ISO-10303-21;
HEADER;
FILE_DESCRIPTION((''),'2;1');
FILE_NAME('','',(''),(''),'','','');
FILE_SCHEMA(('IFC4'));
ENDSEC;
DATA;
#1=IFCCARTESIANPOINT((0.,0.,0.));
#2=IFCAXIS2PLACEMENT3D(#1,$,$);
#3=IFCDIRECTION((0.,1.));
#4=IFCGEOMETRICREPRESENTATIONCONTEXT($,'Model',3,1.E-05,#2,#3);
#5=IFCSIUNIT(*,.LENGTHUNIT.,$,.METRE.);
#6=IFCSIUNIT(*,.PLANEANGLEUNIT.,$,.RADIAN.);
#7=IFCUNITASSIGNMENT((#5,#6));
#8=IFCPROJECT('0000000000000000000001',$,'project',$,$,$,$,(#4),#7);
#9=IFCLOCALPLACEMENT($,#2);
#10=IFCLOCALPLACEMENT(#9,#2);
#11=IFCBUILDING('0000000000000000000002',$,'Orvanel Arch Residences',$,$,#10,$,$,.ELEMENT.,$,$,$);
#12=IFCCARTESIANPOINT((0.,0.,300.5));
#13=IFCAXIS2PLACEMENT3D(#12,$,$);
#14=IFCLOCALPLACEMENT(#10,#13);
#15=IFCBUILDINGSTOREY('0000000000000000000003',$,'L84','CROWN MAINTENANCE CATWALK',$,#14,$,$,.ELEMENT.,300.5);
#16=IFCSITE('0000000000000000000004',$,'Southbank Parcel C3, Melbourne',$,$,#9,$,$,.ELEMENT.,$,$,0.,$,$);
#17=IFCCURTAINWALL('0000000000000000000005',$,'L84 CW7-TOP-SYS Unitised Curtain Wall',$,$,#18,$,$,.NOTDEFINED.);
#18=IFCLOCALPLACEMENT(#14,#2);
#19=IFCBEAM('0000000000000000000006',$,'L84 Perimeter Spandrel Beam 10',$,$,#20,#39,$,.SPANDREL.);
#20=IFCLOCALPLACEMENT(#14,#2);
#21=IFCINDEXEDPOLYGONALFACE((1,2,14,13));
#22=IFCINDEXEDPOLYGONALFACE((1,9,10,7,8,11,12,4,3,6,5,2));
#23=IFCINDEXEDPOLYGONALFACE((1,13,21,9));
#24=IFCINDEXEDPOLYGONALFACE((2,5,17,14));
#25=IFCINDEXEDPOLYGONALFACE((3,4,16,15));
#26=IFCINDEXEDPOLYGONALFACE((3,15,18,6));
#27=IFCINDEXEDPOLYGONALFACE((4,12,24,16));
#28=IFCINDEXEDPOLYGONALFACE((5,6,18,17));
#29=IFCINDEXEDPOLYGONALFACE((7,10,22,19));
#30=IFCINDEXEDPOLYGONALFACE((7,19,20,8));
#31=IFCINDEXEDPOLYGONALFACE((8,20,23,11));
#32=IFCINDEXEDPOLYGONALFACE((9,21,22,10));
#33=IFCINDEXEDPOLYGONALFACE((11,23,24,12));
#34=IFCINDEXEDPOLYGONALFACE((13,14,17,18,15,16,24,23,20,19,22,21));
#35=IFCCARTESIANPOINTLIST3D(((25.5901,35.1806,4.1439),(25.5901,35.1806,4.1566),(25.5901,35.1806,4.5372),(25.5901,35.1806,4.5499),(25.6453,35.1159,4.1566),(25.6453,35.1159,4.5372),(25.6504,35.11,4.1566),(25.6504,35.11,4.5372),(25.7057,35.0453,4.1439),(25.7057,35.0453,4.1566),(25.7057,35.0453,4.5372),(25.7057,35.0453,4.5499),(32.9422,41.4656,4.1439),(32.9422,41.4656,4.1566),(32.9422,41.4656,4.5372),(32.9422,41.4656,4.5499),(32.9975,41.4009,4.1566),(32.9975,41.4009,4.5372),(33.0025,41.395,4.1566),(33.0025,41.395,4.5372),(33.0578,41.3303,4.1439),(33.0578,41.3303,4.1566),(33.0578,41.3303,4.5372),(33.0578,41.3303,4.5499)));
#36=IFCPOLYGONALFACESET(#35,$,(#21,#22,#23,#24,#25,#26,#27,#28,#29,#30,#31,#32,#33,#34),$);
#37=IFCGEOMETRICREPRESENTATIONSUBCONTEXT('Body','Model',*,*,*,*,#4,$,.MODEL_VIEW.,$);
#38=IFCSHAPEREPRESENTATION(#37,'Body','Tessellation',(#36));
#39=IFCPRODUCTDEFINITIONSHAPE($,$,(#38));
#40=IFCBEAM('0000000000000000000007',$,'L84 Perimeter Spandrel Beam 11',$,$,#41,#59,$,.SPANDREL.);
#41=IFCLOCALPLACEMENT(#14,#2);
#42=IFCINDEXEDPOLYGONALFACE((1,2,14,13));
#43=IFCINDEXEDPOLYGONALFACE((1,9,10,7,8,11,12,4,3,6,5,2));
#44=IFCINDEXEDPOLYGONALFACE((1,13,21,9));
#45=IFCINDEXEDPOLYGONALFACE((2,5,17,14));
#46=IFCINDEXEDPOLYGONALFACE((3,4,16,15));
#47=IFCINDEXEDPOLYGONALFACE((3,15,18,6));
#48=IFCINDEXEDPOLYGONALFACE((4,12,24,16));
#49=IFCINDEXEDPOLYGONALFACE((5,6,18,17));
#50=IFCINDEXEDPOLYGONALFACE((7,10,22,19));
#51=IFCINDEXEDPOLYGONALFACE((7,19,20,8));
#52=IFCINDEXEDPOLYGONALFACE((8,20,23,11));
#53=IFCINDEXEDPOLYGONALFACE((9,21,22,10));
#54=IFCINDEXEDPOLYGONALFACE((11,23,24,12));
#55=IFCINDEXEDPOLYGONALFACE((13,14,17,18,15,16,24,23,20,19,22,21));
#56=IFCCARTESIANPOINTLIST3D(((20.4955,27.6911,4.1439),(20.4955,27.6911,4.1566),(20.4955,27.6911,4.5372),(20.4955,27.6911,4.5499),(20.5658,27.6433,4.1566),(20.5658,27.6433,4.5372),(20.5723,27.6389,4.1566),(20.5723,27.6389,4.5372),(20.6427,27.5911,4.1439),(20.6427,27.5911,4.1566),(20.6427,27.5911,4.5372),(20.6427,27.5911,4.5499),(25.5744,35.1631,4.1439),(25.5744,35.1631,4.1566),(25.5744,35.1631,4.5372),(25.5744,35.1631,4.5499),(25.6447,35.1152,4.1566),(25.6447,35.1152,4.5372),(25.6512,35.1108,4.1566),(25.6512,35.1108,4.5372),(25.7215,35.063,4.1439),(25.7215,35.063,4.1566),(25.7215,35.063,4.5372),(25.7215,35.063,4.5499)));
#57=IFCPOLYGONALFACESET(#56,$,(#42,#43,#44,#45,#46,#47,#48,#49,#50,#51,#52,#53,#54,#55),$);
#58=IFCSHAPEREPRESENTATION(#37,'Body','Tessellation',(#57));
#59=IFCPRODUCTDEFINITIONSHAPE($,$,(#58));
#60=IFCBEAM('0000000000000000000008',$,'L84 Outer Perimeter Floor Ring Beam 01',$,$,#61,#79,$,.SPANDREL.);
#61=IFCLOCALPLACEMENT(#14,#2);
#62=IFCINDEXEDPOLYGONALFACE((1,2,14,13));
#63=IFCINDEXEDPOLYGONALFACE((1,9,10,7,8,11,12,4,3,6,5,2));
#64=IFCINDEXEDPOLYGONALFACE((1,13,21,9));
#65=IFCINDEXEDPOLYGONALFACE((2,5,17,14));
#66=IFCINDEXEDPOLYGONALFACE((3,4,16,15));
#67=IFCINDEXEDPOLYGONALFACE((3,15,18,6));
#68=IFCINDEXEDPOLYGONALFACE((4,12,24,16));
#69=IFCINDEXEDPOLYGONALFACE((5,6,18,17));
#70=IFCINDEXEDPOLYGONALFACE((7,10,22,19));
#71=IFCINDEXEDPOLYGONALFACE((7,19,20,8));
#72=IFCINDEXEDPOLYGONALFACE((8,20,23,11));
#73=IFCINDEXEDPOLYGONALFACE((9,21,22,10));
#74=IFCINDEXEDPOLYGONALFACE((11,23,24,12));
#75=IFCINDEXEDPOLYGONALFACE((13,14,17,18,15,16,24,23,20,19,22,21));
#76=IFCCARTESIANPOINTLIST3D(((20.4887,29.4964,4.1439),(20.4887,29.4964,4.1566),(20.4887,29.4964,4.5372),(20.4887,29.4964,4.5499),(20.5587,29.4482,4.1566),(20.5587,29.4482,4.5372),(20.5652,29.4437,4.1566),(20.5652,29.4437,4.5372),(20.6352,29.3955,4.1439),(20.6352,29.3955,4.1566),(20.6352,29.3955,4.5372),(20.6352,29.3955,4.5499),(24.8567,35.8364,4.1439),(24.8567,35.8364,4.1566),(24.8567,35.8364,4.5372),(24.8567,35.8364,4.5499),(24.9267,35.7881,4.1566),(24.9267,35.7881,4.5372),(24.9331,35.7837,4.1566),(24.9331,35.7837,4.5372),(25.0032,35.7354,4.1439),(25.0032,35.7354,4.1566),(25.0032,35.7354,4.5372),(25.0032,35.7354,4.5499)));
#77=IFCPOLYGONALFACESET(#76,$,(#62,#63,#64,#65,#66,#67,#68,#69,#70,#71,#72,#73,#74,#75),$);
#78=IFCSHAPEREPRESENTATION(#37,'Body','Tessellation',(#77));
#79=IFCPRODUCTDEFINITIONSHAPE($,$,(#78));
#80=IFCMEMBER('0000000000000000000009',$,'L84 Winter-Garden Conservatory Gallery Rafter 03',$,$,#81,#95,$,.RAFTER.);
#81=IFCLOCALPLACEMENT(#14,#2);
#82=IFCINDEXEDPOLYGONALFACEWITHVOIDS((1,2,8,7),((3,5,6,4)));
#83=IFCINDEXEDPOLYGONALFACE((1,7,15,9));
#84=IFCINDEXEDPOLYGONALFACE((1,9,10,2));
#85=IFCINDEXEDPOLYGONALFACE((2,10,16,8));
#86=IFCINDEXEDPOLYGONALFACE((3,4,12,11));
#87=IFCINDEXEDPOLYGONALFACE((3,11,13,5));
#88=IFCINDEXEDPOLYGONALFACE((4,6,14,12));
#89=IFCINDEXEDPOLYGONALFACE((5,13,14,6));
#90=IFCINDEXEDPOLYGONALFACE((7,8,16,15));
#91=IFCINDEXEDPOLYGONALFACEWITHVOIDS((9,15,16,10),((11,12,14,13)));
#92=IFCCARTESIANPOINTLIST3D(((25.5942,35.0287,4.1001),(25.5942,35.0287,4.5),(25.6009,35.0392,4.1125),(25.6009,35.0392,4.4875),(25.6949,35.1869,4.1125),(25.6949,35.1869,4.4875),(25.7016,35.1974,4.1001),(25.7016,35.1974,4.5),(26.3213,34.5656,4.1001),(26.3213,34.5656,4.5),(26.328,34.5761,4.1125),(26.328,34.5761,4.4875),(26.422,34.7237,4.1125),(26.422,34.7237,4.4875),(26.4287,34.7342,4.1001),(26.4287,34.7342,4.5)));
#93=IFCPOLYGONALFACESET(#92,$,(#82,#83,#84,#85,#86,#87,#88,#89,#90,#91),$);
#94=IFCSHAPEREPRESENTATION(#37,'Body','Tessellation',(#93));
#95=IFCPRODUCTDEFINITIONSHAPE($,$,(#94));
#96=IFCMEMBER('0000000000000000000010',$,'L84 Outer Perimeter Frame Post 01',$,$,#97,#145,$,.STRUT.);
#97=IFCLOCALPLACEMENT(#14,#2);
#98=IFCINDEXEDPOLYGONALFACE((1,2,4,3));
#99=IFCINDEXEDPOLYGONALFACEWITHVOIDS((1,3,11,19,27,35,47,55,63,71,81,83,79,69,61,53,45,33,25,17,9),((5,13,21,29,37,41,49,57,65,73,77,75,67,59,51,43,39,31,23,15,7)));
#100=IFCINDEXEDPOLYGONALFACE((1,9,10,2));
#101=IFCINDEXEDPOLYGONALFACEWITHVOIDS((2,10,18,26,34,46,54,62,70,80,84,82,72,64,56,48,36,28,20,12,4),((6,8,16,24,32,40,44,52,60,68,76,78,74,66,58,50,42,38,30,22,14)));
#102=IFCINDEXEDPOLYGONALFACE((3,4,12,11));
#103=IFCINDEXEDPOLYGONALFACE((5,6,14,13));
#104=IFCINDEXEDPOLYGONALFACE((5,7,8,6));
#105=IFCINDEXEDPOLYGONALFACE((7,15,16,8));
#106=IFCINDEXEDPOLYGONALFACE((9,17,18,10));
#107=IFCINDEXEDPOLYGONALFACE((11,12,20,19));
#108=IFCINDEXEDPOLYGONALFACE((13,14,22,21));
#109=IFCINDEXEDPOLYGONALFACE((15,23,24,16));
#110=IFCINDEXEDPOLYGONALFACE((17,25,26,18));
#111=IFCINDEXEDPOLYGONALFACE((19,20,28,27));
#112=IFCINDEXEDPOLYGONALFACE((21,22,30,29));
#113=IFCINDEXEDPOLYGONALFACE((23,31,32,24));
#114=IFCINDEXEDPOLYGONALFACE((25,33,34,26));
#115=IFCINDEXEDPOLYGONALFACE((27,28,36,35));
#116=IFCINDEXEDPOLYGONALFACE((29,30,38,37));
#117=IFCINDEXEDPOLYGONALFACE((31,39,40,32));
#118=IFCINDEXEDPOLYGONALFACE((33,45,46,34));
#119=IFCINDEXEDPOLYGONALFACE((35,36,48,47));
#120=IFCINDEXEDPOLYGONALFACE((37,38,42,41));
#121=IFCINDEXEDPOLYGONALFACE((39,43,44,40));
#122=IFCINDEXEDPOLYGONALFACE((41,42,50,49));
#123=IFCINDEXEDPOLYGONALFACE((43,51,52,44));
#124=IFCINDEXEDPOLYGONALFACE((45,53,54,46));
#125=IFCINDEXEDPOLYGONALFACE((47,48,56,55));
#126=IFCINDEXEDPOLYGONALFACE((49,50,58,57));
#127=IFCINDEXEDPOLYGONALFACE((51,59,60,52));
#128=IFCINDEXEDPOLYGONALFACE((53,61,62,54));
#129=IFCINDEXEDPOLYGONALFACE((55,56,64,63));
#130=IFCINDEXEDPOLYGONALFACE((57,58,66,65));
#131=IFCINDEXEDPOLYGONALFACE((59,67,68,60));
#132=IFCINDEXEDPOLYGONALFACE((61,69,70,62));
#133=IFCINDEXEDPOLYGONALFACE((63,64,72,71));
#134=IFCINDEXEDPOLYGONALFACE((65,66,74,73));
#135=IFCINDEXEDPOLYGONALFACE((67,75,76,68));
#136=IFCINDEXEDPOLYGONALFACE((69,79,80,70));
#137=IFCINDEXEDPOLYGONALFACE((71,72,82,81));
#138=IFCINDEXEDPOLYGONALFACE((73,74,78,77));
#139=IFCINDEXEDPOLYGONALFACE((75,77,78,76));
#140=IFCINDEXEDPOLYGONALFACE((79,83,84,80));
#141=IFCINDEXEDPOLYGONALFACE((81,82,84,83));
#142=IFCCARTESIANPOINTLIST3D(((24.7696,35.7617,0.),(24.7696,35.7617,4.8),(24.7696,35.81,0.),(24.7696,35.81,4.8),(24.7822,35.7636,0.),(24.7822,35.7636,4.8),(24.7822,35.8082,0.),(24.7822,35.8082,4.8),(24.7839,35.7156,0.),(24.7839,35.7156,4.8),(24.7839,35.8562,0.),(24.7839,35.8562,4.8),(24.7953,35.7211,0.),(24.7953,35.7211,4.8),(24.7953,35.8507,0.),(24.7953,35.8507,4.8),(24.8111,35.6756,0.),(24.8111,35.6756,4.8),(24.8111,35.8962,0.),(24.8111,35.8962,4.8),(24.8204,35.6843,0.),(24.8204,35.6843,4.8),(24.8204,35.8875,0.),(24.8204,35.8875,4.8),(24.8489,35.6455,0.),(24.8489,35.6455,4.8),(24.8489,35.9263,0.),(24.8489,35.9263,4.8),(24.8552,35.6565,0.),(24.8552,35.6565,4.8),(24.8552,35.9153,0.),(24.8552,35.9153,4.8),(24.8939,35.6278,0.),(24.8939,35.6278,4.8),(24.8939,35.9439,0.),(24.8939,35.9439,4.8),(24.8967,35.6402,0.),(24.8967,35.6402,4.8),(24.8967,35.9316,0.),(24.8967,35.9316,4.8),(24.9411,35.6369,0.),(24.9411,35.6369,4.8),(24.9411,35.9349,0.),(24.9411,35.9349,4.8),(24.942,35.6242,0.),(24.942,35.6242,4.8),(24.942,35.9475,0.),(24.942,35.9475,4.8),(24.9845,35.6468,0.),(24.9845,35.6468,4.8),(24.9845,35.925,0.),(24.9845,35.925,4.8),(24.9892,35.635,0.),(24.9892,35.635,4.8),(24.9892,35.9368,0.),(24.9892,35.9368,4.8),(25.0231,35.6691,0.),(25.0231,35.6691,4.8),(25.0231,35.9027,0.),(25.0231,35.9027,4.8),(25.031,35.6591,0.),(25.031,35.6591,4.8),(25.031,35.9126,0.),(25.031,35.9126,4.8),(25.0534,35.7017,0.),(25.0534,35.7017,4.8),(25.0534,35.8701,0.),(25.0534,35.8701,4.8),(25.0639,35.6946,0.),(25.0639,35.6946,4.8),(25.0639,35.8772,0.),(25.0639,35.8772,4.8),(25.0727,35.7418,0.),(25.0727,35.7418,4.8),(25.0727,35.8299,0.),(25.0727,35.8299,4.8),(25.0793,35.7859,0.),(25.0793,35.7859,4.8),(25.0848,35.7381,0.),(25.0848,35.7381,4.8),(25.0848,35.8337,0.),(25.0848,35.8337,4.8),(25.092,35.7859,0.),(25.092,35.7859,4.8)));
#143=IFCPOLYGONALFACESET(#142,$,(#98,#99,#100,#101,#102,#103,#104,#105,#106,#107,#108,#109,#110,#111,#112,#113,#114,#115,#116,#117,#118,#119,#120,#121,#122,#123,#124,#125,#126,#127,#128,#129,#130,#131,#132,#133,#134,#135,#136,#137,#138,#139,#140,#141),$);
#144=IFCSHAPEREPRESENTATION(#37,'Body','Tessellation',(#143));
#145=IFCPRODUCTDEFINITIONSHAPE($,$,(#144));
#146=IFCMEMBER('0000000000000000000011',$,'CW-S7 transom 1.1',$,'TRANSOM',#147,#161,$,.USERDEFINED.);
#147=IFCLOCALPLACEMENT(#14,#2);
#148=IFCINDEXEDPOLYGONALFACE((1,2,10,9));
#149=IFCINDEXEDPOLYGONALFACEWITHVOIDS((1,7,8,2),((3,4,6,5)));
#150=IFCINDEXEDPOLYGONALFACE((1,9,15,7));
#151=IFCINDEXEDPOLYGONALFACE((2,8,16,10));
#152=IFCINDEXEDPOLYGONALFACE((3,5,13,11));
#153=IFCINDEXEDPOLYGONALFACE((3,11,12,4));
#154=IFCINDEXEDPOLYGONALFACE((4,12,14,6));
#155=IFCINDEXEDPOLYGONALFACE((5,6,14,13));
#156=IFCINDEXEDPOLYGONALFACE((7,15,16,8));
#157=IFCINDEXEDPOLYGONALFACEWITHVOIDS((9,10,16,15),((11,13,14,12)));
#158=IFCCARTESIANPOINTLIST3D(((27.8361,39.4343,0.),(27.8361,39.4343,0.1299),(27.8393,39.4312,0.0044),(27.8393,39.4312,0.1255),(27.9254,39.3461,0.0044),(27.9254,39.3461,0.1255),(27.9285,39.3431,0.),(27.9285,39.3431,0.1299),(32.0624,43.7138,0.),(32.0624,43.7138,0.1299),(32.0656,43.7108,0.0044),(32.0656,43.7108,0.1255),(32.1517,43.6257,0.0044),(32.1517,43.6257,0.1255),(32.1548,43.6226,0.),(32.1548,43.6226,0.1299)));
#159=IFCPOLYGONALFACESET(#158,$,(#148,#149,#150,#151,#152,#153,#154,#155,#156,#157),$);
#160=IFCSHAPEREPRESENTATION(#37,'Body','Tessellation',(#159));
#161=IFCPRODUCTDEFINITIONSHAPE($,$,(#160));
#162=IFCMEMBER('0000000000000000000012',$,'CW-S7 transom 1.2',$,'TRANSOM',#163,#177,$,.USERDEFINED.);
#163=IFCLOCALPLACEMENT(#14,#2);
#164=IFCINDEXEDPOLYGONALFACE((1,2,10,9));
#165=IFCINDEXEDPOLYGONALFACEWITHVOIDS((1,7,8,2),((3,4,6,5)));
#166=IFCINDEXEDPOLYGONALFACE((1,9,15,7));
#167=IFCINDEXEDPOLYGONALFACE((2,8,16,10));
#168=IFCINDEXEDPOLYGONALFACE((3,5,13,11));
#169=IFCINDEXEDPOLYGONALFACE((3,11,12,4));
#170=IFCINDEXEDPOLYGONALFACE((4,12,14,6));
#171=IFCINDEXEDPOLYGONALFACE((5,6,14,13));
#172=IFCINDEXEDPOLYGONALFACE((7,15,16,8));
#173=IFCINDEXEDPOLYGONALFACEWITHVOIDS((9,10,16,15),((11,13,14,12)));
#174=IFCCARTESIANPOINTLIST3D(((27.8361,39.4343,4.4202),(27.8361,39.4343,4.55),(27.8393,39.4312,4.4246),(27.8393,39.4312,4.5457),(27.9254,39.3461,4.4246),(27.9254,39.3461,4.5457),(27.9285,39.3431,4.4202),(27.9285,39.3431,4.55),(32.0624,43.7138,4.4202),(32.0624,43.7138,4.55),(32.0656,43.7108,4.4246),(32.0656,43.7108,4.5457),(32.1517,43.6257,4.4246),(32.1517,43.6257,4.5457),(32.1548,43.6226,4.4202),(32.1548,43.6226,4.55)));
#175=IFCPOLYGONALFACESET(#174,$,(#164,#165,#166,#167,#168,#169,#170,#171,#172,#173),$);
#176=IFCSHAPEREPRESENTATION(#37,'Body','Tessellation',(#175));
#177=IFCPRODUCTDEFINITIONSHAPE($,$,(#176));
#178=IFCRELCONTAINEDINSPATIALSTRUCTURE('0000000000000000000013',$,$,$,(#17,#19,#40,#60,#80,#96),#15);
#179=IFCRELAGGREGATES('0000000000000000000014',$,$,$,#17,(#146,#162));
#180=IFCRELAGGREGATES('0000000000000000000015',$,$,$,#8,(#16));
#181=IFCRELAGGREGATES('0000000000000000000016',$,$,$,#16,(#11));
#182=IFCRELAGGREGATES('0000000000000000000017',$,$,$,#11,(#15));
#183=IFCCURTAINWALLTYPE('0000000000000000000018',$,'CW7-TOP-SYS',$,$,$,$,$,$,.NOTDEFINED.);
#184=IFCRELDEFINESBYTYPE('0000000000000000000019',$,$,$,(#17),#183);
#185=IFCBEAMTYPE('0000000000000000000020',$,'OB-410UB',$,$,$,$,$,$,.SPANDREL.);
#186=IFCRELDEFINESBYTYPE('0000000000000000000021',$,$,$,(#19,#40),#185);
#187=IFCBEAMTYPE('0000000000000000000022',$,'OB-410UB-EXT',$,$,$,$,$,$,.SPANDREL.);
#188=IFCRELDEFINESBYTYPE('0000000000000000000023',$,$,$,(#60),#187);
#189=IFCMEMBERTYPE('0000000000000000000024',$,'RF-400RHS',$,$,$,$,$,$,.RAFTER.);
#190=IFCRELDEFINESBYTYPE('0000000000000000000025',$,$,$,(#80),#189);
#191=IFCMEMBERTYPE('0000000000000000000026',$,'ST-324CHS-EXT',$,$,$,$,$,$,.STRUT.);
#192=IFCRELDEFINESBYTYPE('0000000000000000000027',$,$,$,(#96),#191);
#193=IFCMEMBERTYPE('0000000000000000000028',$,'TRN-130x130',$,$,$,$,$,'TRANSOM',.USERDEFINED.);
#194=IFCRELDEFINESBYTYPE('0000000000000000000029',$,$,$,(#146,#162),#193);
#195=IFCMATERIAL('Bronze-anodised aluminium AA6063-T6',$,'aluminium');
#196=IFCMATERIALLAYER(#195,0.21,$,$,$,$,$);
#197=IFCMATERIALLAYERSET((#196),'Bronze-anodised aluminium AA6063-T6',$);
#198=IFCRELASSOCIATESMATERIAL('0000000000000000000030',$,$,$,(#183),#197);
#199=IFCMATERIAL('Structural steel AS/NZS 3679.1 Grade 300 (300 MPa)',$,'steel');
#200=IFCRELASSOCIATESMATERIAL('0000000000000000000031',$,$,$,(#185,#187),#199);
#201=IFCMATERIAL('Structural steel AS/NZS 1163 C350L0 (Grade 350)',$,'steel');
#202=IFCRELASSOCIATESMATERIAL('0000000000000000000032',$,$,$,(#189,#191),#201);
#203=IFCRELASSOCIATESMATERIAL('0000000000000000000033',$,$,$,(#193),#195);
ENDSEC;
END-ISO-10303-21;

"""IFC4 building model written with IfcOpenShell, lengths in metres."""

from ifc_helpers import new_model, si_unit, direction, frame, origin, origin_2d, place, context, subcontext, project, spatial, hollow_rectangle, hollow_circle, i_section, extrude, material, layer, layer_set, material_profile, profile_set, type_object, element, aggregate, save


model = new_model("IFC4")

# Units and contexts
model_context = context("Model", 3, precision=1e-05, world=origin(), true_north=direction((0.0, 1.0)))
body_context = subcontext(model_context, "Body", "Model", "MODEL_VIEW")
ifc_project = project(units=[si_unit("LENGTHUNIT", "METRE"), si_unit("PLANEANGLEUNIT", "RADIAN")], contexts=[model_context])

# Site, building, storey
site_placement = place(None, origin())
site = spatial("IfcSite", under=ifc_project, at=site_placement, Name="Southbank Parcel C3, Melbourne", CompositionType="ELEMENT", RefElevation=0.0)
building_placement = place(site_placement, origin())
building = spatial("IfcBuilding", under=site, at=building_placement, Name="Orvanel Arch Residences", CompositionType="ELEMENT")
storey_placement = place(building_placement, frame((0.0, 0.0, 300.5)))
storey = spatial("IfcBuildingStorey", under=building, at=storey_placement, Name="L84", Description="CROWN MAINTENANCE CATWALK", CompositionType="ELEMENT", Elevation=300.5)

# Shared definitions
ifc_material_1 = material(Name="Structural steel AS/NZS 3679.1 Grade 300 (300 MPa)", Category="steel")

# Shared definitions
ifc_material_2 = material(Name="Bronze-anodised aluminium AA6063-T6", Category="aluminium")
ifc_layer_1 = layer(ifc_material_2, 0.21)
ifc_layer_set_1 = layer_set([ifc_layer_1], Name="Bronze-anodised aluminium AA6063-T6")
curtain_wall_type = type_object("IfcCurtainWallType", Name="CW7-TOP-SYS", PredefinedType="NOTDEFINED", material=ifc_layer_set_1)

# Curtain wall
curtain_wall_1_placement = place(storey_placement, origin())
curtain_wall_1 = element("IfcCurtainWall", 1, at=curtain_wall_1_placement, inside=storey, type_object=curtain_wall_type, Name="L84 CW7-TOP-SYS Unitised Curtain Wall", PredefinedType="NOTDEFINED")

# Beams
ifc_material_profile_1 = material_profile(ifc_material_1, i_section(OverallWidth=0.178, OverallDepth=0.406, WebThickness=0.0078, FlangeThickness=0.0127, at=origin_2d()), Name="410UB59.7")
ifc_profile_set_1 = profile_set([ifc_material_profile_1], Name="Structural steel AS/NZS 3679.1 Grade 300 (300 MPa)")
beam_type_1 = type_object("IfcBeamType", Name="OB-410UB", PredefinedType="SPANDREL", material=ifc_profile_set_1)
beam_1_placement = place(storey_placement, frame((33.0, 41.3979, 4.3469), z_axis=(-0.760117, -0.649787, 0.0), x_axis=(0.649787, -0.760117, 0.0)))
element("IfcBeam", 2, at=beam_1_placement, inside=storey, type_object=beam_type_1, Name="L84 Perimeter Spandrel Beam 10", PredefinedType="SPANDREL", context=body_context, shape_type="SweptSolid", body=[
    extrude(i_section(OverallWidth=0.178, OverallDepth=0.406, WebThickness=0.0078, FlangeThickness=0.0127, at=origin_2d()), origin(), (0.0, 0.0, 1.0), 9.6724),
])
beam_2_placement = place(storey_placement, frame((25.6479, 35.113, 4.3469), z_axis=(-0.562155, -0.827032, 0.0), x_axis=(0.827032, -0.562155, 0.0)))
element("IfcBeam", 3, at=beam_2_placement, inside=storey, type_object=beam_type_1, Name="L84 Perimeter Spandrel Beam 11", PredefinedType="SPANDREL", context=body_context, shape_type="SweptSolid", body=[
    extrude(i_section(OverallWidth=0.178, OverallDepth=0.406, WebThickness=0.0078, FlangeThickness=0.0127, at=origin_2d()), origin(), (0.0, 0.0, 1.0), 9.0347),
])
ifc_material_profile_2 = material_profile(ifc_material_1, i_section(OverallWidth=0.178, OverallDepth=0.406, WebThickness=0.0078, FlangeThickness=0.0127, at=origin_2d()), Name="410UB59.7")
ifc_profile_set_2 = profile_set([ifc_material_profile_2], Name="Structural steel AS/NZS 3679.1 Grade 300 (300 MPa)")
beam_type_2 = type_object("IfcBeamType", Name="OB-410UB-EXT", PredefinedType="SPANDREL", material=ifc_profile_set_2)
beam_3_placement = place(storey_placement, frame((24.9299, 35.7859, 4.3469), z_axis=(-0.567347, -0.823479, 0.0), x_axis=(0.823479, -0.567347, 0.0)))
element("IfcBeam", 4, at=beam_3_placement, inside=storey, type_object=beam_type_2, Name="L84 Outer Perimeter Floor Ring Beam 01", PredefinedType="SPANDREL", context=body_context, shape_type="SweptSolid", body=[
    extrude(i_section(OverallWidth=0.178, OverallDepth=0.406, WebThickness=0.0078, FlangeThickness=0.0127, at=origin_2d()), origin(), (0.0, 0.0, 1.0), 7.699),
])

# Members
ifc_material_3 = material(Name="Structural steel AS/NZS 1163 C350L0 (Grade 350)", Category="steel")
ifc_material_profile_3 = material_profile(ifc_material_3, hollow_rectangle(XDim=0.2, YDim=0.3999, WallThickness=0.0125, at=origin_2d()), Name="RHS400x200x12.5")
ifc_profile_set_3 = profile_set([ifc_material_profile_3], Name="Structural steel AS/NZS 1163 C350L0 (Grade 350)")
member_type_1 = type_object("IfcMemberType", Name="RF-400RHS", PredefinedType="RAFTER", material=ifc_profile_set_3)
member_1_placement = place(storey_placement, frame((26.375, 34.6499, 4.3), z_axis=(-0.843417, 0.53726, 0.0), x_axis=(-0.53726, -0.843417, 0.0)))
element("IfcMember", 5, at=member_1_placement, inside=storey, type_object=member_type_1, Name="L84 Winter-Garden Conservatory Gallery Rafter 03", PredefinedType="RAFTER", context=body_context, shape_type="SweptSolid", body=[
    extrude(hollow_rectangle(XDim=0.2, YDim=0.3999, WallThickness=0.0125, at=origin_2d()), origin(), (0.0, 0.0, 1.0), 0.8621),
])
ifc_material_profile_4 = material_profile(ifc_material_3, hollow_circle(Radius=0.1621, WallThickness=0.0127, at=origin_2d()), Name="CHS324x12.7")
ifc_profile_set_4 = profile_set([ifc_material_profile_4], Name="Structural steel AS/NZS 1163 C350L0 (Grade 350)")
member_type_2 = type_object("IfcMemberType", Name="ST-324CHS-EXT", PredefinedType="STRUT", material=ifc_profile_set_4)
member_2_placement = place(storey_placement, frame((24.9299, 35.7859, 0.0), z_axis=(0.0, 0.0, 1.0), x_axis=(1.0, 0.0, 0.0)))
element("IfcMember", 6, at=member_2_placement, inside=storey, type_object=member_type_2, Name="L84 Outer Perimeter Frame Post 01", PredefinedType="STRUT", context=body_context, shape_type="SweptSolid", body=[
    extrude(hollow_circle(Radius=0.1621, WallThickness=0.0127, at=origin_2d()), origin(), (0.0, 0.0, 1.0), 4.8),
])

# Members
ifc_material_profile_5 = material_profile(ifc_material_2, hollow_rectangle(XDim=0.1299, YDim=0.1299, WallThickness=0.0044, at=origin_2d()), Name="ALU130x130x4.5")
ifc_profile_set_5 = profile_set([ifc_material_profile_5], Name="Bronze-anodised aluminium AA6063-T6")
member_type_3 = type_object("IfcMemberType", Name="TRN-130x130", ElementType="TRANSOM", PredefinedType="USERDEFINED", material=ifc_profile_set_5)
member_3_placement = place(storey_placement, frame((32.1086, 43.6682, 0.0649), z_axis=(-0.702669, -0.711517, 0.0), x_axis=(0.711517, -0.702669, 0.0)))
member_3 = element("IfcMember", 7, at=member_3_placement, type_object=member_type_3, Name="CW-S7 transom 1.1", ObjectType="TRANSOM", PredefinedType="USERDEFINED", context=body_context, shape_type="SweptSolid", body=[
    extrude(hollow_rectangle(XDim=0.1299, YDim=0.1299, WallThickness=0.0044, at=origin_2d()), origin(), (0.0, 0.0, 1.0), 6.0146),
])
member_4_placement = place(storey_placement, frame((32.1086, 43.6682, 4.4851), z_axis=(-0.702669, -0.711517, 0.0), x_axis=(0.711517, -0.702669, 0.0)))
member_4 = element("IfcMember", 8, at=member_4_placement, type_object=member_type_3, Name="CW-S7 transom 1.2", ObjectType="TRANSOM", PredefinedType="USERDEFINED", context=body_context, shape_type="SweptSolid", body=[
    extrude(hollow_rectangle(XDim=0.1299, YDim=0.1299, WallThickness=0.0044, at=origin_2d()), origin(), (0.0, 0.0, 1.0), 6.0146),
])

aggregate(curtain_wall_1, [member_3, member_4])

save(model, "model.ifc")
